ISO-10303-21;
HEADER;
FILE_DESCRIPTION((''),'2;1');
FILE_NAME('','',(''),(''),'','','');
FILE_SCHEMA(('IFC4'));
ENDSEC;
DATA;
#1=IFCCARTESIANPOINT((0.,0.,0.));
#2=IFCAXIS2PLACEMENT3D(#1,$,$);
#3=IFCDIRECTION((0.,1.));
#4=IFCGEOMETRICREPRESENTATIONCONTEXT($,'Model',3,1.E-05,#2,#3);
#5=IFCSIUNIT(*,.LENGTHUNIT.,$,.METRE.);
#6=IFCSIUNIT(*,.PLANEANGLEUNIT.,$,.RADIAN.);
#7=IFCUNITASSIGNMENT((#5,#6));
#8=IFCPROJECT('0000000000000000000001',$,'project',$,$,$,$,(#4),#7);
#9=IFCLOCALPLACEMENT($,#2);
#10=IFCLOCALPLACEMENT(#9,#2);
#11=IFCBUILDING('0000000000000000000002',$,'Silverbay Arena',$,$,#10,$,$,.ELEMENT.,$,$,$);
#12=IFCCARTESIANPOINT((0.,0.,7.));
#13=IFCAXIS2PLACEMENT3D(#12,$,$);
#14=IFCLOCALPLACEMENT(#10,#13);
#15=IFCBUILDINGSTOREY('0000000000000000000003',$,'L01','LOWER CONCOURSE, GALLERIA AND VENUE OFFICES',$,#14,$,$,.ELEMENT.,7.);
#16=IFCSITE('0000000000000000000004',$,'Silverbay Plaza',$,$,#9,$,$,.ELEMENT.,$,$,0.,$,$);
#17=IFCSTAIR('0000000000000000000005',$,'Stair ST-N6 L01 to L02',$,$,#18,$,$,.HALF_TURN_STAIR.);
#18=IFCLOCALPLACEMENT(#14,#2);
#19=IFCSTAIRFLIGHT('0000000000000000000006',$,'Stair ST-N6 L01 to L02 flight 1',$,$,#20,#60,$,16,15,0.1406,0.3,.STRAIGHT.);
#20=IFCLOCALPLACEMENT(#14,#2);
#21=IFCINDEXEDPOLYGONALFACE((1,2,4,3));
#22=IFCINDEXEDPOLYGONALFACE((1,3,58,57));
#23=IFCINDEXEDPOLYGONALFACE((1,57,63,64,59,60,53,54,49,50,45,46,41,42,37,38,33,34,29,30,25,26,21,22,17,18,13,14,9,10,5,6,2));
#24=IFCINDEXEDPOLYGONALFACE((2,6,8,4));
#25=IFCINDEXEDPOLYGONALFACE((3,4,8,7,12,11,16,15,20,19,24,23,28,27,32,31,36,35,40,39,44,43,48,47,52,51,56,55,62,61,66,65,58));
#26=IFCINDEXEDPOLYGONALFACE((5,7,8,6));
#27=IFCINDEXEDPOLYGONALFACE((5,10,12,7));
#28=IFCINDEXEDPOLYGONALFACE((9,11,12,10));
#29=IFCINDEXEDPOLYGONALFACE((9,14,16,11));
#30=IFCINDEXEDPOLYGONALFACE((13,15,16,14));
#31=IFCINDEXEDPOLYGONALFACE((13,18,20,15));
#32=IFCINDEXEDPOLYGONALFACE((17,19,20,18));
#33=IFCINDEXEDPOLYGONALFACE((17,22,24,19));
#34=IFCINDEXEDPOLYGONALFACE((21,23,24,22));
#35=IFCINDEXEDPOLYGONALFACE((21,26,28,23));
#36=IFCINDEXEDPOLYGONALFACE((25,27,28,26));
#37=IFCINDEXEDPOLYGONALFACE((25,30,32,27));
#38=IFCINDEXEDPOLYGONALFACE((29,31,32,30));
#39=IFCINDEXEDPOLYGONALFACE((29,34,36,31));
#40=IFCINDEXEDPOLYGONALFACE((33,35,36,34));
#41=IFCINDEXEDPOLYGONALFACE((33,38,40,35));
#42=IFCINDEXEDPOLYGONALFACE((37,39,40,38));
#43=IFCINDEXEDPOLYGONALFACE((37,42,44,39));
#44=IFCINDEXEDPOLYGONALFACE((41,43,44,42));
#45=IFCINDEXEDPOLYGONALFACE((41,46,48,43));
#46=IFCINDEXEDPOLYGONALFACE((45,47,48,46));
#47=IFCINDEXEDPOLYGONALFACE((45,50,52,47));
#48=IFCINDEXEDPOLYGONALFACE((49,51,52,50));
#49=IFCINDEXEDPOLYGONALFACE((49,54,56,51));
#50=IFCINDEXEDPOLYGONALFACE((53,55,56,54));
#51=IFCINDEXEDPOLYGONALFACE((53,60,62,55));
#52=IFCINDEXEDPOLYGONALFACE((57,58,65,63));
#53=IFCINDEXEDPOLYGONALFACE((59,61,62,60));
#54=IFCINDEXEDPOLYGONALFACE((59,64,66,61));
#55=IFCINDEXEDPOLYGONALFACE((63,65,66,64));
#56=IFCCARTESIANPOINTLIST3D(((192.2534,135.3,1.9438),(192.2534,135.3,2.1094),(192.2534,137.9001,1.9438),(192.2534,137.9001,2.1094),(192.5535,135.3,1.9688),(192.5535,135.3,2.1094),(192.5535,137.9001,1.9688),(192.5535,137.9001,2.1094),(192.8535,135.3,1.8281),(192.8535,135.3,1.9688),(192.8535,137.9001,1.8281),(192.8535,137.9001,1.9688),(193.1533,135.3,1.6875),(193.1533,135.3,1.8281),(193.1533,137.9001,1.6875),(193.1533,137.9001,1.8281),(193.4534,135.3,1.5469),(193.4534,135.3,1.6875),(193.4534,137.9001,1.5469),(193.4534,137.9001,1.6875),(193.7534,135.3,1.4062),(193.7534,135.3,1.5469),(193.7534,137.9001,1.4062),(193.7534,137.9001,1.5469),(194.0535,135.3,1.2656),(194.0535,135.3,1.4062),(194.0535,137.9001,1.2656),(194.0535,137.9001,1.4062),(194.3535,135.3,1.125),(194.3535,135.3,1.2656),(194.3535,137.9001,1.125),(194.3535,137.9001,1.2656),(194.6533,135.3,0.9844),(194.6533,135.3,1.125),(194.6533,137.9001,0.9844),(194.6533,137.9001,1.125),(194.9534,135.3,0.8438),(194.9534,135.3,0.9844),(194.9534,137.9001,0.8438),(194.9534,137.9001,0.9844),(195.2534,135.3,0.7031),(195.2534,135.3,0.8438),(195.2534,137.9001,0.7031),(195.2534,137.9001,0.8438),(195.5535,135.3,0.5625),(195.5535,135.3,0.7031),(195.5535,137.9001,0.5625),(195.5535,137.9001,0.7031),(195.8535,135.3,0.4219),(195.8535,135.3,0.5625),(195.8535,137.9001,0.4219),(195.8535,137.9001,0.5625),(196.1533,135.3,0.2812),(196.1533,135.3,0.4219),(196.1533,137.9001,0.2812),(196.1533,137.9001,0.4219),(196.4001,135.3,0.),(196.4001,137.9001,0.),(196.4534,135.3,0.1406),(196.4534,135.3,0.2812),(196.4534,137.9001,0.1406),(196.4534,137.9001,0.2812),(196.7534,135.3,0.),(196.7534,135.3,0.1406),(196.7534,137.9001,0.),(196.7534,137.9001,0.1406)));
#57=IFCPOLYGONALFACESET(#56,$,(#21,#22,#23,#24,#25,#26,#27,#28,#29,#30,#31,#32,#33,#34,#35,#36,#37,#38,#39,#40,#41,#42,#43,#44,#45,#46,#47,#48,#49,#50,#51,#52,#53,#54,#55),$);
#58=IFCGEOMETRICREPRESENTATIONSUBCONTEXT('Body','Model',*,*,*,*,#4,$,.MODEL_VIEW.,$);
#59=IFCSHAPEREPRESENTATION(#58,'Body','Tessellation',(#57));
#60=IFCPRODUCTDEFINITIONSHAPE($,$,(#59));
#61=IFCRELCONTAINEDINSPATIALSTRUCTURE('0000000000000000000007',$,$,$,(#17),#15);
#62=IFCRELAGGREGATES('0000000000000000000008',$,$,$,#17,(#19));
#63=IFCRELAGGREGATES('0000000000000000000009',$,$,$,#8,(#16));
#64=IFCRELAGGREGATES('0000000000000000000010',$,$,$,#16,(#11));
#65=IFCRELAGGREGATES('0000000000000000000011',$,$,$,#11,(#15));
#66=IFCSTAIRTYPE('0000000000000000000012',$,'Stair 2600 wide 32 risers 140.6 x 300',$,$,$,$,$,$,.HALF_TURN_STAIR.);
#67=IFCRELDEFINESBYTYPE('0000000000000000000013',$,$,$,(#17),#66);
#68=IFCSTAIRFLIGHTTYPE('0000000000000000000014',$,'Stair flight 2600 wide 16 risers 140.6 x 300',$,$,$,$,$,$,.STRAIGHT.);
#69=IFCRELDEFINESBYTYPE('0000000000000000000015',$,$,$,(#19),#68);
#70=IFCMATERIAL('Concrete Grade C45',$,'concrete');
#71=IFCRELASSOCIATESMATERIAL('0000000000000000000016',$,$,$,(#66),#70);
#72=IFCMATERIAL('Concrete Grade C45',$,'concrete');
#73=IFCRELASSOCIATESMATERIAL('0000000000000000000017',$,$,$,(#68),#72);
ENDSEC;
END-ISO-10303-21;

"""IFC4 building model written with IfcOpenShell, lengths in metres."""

from ifc_helpers import new_model, si_unit, direction, frame, origin, place, context, subcontext, project, spatial, polyline, outline, extrude, material, type_object, element, aggregate, save


model = new_model("IFC4")

# Units and contexts
model_context = context("Model", 3, precision=1e-05, world=origin(), true_north=direction((0.0, 1.0)))
body_context = subcontext(model_context, "Body", "Model", "MODEL_VIEW")
ifc_project = project(units=[si_unit("LENGTHUNIT", "METRE"), si_unit("PLANEANGLEUNIT", "RADIAN")], contexts=[model_context])

# Site, building, storey
site_placement = place(None, origin())
site = spatial("IfcSite", under=ifc_project, at=site_placement, Name="Silverbay Plaza", CompositionType="ELEMENT", RefElevation=0.0)
building_placement = place(site_placement, origin())
building = spatial("IfcBuilding", under=site, at=building_placement, Name="Silverbay Arena", CompositionType="ELEMENT")
storey_placement = place(building_placement, frame((0.0, 0.0, 7.0)))
storey = spatial("IfcBuildingStorey", under=building, at=storey_placement, Name="L01", Description="LOWER CONCOURSE, GALLERIA AND VENUE OFFICES", CompositionType="ELEMENT", Elevation=7.0)

# Stair, stair flight
ifc_material_1 = material(Name="Concrete Grade C45", Category="concrete")
stair_type = type_object("IfcStairType", Name="Stair 2600 wide 32 risers 140.6 x 300", PredefinedType="HALF_TURN_STAIR", material=ifc_material_1)
stair_placement = place(storey_placement, origin())
stair = element("IfcStair", 1, at=stair_placement, inside=storey, type_object=stair_type, Name="Stair ST-N6 L01 to L02", PredefinedType="HALF_TURN_STAIR")
ifc_material_2 = material(Name="Concrete Grade C45", Category="concrete")
stair_flight_type = type_object("IfcStairFlightType", Name="Stair flight 2600 wide 16 risers 140.6 x 300", PredefinedType="STRAIGHT", material=ifc_material_2)
stair_flight_placement = place(storey_placement, frame((196.7534, 136.6001, 0.0), z_axis=(0.0, 0.0, 1.0), x_axis=(-1.0, 0.0, 0.0)))
stair_flight = element("IfcStairFlight", 2, at=stair_flight_placement, type_object=stair_flight_type, Name="Stair ST-N6 L01 to L02 flight 1", NumberOfRisers=16, NumberOfTreads=15, PredefinedType="STRAIGHT", RiserHeight=0.1406, TreadLength=0.3, context=body_context, shape_type="SweptSolid", body=[
    extrude(outline(polyline([(0.0, 0.0), (0.0, 0.1406), (0.3, 0.1406), (0.3, 0.2812), (0.6001, 0.2812), (0.6001, 0.4219), (0.8999, 0.4219), (0.8999, 0.5625), (1.2, 0.5625), (1.2, 0.7031), (1.5, 0.7031), (1.5, 0.8438), (1.8, 0.8438), (1.8, 0.9844), (2.1001, 0.9844), (2.1001, 1.125), (2.3999, 1.125), (2.3999, 1.2656), (2.7, 1.2656), (2.7, 1.4062), (3.0, 1.4062), (3.0, 1.5469), (3.3, 1.5469), (3.3, 1.6875), (3.6001, 1.6875), (3.6001, 1.8281), (3.8999, 1.8281), (3.8999, 1.9688), (4.2, 1.9688), (4.2, 2.1094), (4.5, 2.1094), (4.5, 1.9438), (0.3533, 0.0), (0.0, 0.0)])), frame((0.0, 1.3, 0.0), z_axis=(0.0, -1.0, 0.0), x_axis=(1.0, 0.0, 0.0)), (0.0, 0.0, 1.0), 2.6001),
])
aggregate(stair, [stair_flight])

save(model, "model.ifc")
